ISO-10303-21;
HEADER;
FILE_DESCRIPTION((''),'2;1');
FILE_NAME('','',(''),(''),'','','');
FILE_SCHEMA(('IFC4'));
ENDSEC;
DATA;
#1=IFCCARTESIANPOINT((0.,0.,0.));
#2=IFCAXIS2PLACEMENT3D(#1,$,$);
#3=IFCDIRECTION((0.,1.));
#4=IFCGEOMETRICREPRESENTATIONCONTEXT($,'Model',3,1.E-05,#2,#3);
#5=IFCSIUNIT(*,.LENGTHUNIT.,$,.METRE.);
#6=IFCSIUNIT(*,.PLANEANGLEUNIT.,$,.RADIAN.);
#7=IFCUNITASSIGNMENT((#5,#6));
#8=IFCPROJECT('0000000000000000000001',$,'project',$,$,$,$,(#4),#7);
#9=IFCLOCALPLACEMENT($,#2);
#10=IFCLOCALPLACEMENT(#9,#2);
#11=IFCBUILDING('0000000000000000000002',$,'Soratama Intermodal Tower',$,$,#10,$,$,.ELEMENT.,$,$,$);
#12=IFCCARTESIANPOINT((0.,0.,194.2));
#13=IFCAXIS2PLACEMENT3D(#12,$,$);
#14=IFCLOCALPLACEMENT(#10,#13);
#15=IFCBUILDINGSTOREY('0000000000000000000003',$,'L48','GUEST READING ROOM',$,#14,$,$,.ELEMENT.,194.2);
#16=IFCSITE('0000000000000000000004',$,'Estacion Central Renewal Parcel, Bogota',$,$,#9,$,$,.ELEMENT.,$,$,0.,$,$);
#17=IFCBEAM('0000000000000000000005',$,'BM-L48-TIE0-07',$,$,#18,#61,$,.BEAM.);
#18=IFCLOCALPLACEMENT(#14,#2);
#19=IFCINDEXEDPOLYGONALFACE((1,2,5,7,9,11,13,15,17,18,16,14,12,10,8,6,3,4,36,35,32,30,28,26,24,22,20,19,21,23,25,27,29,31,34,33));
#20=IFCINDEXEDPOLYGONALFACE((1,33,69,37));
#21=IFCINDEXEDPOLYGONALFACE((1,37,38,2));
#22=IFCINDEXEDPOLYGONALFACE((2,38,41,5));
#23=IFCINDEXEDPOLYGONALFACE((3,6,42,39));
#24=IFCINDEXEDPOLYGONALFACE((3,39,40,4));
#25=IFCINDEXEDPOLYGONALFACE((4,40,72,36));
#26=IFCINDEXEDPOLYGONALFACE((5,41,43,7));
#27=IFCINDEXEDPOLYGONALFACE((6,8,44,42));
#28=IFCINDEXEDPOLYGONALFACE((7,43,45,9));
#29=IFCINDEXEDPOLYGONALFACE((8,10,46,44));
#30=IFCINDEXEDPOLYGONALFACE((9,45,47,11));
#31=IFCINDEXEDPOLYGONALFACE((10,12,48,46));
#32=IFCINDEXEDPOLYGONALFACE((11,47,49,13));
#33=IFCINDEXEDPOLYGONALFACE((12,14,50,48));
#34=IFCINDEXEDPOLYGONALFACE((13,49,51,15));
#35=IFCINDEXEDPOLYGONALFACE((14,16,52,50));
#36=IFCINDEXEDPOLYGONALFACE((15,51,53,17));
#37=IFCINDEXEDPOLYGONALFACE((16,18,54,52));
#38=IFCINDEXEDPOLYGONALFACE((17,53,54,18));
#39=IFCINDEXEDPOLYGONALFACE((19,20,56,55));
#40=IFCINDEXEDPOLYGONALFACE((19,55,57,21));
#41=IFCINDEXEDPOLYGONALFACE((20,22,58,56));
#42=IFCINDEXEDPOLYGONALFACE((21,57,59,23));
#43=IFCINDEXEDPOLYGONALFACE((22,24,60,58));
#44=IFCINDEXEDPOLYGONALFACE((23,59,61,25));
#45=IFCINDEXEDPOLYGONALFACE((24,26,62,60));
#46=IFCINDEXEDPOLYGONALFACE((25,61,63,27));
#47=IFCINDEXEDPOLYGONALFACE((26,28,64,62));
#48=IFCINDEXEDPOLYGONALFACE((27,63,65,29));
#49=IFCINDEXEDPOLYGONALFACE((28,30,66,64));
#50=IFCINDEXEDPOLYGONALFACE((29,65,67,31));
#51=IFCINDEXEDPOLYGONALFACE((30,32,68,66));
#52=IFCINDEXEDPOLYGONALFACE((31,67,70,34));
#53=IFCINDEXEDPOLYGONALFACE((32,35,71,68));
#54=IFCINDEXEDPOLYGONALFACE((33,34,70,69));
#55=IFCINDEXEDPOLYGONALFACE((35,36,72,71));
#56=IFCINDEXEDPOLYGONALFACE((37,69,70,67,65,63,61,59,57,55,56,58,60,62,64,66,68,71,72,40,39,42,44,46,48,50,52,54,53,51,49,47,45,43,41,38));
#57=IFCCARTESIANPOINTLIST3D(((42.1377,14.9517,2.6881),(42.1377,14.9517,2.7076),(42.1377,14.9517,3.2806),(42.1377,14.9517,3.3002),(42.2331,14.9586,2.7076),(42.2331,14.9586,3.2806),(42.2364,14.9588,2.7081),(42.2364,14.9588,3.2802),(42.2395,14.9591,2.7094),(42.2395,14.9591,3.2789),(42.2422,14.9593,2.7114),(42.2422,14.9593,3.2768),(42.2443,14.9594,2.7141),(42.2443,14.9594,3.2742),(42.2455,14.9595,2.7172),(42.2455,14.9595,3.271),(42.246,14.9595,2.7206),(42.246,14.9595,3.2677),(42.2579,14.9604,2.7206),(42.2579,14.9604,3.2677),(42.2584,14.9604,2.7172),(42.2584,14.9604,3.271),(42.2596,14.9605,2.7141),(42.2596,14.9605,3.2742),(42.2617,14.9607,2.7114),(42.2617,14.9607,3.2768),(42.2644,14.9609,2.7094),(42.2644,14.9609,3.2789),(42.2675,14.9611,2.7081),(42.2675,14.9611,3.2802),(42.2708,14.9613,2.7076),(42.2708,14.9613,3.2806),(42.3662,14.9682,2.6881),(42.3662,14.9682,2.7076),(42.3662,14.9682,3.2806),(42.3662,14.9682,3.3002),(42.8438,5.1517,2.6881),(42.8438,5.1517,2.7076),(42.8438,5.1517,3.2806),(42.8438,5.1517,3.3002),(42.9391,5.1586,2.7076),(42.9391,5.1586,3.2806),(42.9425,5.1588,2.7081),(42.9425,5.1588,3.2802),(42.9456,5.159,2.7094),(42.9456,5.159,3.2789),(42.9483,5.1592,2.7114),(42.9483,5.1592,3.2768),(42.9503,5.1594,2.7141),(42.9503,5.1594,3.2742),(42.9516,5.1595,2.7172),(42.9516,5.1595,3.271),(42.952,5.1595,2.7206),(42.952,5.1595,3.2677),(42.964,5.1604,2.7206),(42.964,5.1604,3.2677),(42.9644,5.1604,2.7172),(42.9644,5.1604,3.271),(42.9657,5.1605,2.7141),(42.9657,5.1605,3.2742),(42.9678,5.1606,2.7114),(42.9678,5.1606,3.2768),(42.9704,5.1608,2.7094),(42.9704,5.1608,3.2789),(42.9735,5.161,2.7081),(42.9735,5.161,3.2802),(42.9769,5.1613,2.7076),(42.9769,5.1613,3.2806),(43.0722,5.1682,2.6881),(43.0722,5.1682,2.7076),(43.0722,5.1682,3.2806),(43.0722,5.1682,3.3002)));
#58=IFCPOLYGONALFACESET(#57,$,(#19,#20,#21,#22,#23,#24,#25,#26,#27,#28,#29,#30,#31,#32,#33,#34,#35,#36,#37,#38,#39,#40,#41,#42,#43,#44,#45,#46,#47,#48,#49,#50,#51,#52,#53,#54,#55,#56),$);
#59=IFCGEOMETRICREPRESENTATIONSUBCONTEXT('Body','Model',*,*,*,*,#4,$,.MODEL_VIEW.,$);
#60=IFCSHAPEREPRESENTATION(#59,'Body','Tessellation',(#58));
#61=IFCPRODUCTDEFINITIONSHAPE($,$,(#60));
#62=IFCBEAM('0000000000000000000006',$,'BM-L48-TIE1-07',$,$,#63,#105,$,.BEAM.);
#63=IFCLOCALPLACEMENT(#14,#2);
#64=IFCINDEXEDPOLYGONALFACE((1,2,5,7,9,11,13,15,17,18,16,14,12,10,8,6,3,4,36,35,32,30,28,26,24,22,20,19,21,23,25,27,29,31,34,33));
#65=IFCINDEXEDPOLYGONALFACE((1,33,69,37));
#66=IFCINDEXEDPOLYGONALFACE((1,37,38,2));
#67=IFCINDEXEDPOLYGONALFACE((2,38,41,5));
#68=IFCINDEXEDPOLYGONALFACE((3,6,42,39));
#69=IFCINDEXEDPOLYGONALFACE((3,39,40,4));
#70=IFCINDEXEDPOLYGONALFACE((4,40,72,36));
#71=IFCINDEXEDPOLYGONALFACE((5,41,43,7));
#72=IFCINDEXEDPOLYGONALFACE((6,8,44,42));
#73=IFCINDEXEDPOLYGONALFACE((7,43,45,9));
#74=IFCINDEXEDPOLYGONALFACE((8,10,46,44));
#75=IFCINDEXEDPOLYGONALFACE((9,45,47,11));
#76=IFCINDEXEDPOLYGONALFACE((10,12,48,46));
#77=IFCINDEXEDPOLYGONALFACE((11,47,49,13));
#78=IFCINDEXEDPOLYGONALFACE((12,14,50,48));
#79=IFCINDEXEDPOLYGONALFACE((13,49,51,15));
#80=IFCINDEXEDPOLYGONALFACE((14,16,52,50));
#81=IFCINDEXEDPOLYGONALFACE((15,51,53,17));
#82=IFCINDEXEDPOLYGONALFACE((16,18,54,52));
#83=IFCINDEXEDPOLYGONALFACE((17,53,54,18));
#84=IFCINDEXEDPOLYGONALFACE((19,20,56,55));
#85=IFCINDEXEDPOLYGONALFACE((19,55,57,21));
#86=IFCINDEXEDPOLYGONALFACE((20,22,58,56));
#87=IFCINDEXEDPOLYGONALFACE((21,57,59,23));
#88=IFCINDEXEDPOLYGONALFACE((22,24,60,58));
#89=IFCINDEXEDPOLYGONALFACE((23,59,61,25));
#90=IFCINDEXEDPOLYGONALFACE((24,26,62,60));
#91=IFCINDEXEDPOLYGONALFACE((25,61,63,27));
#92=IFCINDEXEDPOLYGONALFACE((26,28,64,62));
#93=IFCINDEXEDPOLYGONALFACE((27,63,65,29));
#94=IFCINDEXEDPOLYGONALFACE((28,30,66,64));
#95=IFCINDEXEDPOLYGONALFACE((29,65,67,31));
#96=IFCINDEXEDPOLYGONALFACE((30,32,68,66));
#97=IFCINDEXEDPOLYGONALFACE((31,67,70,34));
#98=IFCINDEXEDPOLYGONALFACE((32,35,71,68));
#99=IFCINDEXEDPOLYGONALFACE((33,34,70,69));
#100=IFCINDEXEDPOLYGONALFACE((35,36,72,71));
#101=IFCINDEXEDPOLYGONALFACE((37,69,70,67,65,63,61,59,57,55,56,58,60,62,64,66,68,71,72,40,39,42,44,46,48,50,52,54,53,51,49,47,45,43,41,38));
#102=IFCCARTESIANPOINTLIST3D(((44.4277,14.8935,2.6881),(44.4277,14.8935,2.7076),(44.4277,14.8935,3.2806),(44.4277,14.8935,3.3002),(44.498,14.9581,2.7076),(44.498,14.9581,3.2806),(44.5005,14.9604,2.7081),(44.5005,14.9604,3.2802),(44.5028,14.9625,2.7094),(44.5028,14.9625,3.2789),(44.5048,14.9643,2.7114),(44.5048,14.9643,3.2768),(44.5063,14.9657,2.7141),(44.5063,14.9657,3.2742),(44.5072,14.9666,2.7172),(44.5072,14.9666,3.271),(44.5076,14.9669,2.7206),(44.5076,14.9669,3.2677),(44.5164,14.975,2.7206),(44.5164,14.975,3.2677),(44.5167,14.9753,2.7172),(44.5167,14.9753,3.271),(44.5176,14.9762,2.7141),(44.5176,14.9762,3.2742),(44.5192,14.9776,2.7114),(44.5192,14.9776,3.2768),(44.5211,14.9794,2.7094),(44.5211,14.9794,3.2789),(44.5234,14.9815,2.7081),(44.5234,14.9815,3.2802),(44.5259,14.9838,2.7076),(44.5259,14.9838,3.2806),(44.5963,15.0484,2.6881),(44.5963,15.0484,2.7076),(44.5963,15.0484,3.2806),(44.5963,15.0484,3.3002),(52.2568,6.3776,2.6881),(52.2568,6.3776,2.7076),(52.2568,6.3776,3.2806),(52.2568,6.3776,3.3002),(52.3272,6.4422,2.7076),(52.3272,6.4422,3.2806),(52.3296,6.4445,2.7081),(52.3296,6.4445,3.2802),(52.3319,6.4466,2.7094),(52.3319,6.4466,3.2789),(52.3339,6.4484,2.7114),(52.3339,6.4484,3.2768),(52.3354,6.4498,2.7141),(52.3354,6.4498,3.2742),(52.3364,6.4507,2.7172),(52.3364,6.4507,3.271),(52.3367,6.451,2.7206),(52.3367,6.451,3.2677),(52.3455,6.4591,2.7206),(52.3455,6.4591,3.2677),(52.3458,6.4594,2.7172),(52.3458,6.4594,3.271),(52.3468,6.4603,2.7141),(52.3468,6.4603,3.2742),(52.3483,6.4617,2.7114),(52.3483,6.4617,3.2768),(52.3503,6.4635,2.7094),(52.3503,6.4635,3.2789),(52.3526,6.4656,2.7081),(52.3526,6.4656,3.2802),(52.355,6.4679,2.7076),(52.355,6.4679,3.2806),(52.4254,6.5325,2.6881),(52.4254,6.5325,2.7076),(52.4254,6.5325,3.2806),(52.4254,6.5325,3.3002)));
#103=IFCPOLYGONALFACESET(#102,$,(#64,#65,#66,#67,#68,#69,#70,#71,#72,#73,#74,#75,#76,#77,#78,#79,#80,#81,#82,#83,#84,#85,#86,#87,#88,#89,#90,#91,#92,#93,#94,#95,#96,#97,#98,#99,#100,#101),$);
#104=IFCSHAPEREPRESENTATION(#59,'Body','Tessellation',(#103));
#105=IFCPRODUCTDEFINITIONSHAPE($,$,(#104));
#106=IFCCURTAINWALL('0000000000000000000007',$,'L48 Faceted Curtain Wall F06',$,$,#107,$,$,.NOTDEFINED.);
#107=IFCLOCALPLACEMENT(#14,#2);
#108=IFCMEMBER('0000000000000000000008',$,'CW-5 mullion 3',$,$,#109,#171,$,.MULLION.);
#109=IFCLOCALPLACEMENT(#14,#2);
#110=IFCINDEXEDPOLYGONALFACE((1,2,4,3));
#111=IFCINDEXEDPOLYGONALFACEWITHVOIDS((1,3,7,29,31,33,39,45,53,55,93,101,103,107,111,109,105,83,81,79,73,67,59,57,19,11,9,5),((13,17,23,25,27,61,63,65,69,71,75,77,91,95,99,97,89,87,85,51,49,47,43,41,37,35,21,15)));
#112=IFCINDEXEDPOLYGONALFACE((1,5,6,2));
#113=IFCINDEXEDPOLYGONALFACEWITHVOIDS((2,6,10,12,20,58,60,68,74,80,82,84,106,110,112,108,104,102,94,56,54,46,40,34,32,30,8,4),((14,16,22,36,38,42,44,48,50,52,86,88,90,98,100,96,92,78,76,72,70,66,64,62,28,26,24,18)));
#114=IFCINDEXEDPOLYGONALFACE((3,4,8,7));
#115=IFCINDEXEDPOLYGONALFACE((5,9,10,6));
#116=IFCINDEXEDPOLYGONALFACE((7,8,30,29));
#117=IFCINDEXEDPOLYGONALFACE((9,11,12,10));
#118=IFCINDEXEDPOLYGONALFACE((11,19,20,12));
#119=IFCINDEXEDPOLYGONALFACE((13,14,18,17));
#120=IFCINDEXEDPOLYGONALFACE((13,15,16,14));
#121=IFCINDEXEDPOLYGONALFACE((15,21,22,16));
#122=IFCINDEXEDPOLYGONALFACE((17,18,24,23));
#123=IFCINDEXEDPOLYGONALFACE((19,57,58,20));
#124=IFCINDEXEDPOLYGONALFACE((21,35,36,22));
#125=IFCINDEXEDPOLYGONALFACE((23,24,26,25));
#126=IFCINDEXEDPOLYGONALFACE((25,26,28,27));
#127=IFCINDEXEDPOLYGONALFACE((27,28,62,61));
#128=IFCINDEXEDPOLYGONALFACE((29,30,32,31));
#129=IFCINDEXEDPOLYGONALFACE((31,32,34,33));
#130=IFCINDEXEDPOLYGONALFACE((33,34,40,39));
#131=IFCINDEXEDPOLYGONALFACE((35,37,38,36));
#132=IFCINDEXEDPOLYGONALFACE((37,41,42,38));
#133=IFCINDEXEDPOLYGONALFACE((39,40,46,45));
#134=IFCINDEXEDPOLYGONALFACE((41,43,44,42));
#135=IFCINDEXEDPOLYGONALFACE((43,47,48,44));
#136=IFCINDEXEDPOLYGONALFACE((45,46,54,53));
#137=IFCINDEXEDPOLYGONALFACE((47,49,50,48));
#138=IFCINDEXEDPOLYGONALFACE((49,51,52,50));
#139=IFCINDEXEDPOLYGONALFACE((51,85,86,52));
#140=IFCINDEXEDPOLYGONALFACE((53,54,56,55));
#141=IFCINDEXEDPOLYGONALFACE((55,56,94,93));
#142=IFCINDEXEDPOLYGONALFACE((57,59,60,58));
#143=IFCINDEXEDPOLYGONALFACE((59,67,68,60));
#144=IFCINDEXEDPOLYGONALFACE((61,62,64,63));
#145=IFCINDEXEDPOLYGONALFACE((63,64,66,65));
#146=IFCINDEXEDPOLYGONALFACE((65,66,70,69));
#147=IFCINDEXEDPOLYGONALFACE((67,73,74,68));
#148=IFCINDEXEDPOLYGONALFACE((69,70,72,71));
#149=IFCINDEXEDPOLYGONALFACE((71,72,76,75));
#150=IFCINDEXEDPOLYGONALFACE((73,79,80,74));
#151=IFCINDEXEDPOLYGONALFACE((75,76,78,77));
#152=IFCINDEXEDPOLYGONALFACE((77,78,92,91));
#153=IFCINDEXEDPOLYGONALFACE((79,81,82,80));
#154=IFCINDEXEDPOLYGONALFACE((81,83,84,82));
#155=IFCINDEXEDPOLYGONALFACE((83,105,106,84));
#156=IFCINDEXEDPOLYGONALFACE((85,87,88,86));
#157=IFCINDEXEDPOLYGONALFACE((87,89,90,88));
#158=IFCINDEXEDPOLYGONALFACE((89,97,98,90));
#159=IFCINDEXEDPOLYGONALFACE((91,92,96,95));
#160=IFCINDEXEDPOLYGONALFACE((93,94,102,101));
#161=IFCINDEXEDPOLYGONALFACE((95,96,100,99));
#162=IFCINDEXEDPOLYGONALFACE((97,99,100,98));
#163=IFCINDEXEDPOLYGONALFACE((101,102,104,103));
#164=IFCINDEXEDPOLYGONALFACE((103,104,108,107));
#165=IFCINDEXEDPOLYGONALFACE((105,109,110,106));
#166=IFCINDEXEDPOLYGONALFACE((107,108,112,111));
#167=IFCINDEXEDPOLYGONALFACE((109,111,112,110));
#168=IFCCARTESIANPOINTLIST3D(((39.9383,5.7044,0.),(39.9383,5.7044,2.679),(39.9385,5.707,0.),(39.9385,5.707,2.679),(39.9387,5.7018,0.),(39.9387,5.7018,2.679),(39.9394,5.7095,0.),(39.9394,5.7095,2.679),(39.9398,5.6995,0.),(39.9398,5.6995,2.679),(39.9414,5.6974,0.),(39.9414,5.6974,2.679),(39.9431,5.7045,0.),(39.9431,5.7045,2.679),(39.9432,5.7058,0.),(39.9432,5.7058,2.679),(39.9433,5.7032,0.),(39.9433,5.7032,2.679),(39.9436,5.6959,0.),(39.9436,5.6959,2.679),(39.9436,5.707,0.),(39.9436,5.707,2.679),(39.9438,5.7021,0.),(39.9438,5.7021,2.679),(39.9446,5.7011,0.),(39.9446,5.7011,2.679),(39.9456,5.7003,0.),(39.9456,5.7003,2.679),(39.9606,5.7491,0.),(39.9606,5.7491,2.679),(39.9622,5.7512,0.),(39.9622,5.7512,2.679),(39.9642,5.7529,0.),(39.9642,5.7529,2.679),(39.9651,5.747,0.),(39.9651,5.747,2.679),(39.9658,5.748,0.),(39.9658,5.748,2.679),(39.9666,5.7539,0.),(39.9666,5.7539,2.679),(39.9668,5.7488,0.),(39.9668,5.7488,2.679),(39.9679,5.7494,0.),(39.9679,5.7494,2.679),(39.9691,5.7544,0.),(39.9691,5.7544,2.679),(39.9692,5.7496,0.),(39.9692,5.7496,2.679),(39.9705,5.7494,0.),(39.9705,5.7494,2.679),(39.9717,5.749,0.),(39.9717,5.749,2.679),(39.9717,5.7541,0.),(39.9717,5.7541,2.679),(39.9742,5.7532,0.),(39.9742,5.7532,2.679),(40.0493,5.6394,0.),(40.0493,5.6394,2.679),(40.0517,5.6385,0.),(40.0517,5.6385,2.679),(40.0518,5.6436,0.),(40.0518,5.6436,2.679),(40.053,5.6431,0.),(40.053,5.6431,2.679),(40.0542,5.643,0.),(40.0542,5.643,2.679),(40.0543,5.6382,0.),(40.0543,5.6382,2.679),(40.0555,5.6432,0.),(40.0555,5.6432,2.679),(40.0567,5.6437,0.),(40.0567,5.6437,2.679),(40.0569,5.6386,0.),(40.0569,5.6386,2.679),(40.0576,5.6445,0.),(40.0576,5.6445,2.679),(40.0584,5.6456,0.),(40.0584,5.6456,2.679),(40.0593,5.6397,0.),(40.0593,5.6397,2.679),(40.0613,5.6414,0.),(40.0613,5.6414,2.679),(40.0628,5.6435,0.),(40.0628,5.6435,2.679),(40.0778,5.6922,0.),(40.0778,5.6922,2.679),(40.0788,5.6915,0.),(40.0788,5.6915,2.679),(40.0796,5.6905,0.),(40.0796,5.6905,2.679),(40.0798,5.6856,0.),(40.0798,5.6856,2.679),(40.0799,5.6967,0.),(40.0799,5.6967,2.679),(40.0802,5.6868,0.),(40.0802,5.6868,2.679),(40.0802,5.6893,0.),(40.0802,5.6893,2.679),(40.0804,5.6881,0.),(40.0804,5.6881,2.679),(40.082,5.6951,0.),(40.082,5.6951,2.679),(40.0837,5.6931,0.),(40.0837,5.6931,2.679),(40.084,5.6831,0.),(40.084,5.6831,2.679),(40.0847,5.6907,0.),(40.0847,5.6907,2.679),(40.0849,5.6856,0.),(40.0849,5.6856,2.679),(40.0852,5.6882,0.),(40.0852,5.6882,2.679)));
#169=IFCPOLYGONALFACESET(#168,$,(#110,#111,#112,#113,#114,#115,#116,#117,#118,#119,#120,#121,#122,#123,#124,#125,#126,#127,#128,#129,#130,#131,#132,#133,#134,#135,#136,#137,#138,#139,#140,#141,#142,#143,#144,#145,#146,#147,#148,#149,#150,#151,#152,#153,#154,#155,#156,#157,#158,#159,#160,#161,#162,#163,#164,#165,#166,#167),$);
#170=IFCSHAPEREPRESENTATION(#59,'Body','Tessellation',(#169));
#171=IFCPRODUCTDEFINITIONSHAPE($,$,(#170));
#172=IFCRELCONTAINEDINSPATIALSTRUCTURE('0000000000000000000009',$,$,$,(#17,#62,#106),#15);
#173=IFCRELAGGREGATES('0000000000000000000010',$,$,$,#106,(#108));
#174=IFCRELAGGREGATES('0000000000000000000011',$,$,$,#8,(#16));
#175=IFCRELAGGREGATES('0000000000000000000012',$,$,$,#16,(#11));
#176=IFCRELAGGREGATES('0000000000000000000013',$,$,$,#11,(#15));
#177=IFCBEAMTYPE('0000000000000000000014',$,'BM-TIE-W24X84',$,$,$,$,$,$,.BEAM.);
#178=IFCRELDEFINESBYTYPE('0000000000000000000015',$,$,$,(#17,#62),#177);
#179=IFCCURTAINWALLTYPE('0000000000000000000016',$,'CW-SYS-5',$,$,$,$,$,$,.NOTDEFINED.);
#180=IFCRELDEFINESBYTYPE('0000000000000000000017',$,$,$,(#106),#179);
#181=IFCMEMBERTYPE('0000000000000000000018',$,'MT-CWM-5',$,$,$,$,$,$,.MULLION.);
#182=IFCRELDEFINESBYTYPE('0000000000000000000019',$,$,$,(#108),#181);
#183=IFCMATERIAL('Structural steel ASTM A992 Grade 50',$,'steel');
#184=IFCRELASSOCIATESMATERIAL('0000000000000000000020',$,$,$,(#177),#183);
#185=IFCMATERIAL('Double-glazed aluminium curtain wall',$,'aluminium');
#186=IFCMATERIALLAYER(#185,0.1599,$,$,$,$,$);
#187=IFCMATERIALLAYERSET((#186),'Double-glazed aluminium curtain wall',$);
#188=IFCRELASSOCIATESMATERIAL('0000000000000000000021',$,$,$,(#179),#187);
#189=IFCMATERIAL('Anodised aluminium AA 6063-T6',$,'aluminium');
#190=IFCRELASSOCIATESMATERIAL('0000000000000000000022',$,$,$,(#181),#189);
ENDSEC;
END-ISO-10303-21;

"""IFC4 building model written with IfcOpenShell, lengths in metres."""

from ifc_helpers import new_model, si_unit, direction, frame, origin, origin_2d, place, context, subcontext, project, spatial, hollow_rectangle, i_section, extrude, material, layer, layer_set, material_profile, profile_set, type_object, element, aggregate, save


model = new_model("IFC4")

# Units and contexts
model_context = context("Model", 3, precision=1e-05, world=origin(), true_north=direction((0.0, 1.0)))
body_context = subcontext(model_context, "Body", "Model", "MODEL_VIEW")
ifc_project = project(units=[si_unit("LENGTHUNIT", "METRE"), si_unit("PLANEANGLEUNIT", "RADIAN")], contexts=[model_context])

# Site, building, storey
site_placement = place(None, origin())
site = spatial("IfcSite", under=ifc_project, at=site_placement, Name="Estacion Central Renewal Parcel, Bogota", CompositionType="ELEMENT", RefElevation=0.0)
building_placement = place(site_placement, origin())
building = spatial("IfcBuilding", under=site, at=building_placement, Name="Soratama Intermodal Tower", CompositionType="ELEMENT")
storey_placement = place(building_placement, frame((0.0, 0.0, 194.2)))
storey = spatial("IfcBuildingStorey", under=building, at=storey_placement, Name="L48", Description="GUEST READING ROOM", CompositionType="ELEMENT", Elevation=194.2)

# Beams
ifc_material_1 = material(Name="Structural steel ASTM A992 Grade 50", Category="steel")
ifc_material_profile_1 = material_profile(ifc_material_1, i_section(OverallWidth=0.229, OverallDepth=0.6121, WebThickness=0.012, FlangeThickness=0.0195, FilletRadius=0.0129, at=origin_2d()), Name="W24X84")
ifc_profile_set_1 = profile_set([ifc_material_profile_1], Name="Structural steel ASTM A992 Grade 50")
beam_type_1 = type_object("IfcBeamType", Name="BM-TIE-W24X84", PredefinedType="BEAM", material=ifc_profile_set_1)
beam_1_placement = place(storey_placement, frame((42.252, 14.96, 2.9941), z_axis=(0.07186, -0.997415, 0.0), x_axis=(0.997415, 0.07186, 0.0)))
element("IfcBeam", 1, at=beam_1_placement, inside=storey, type_object=beam_type_1, Name="BM-L48-TIE0-07", PredefinedType="BEAM", context=body_context, shape_type="SweptSolid", body=[
    extrude(i_section(OverallWidth=0.229, OverallDepth=0.6121, WebThickness=0.012, FlangeThickness=0.0195, FilletRadius=0.0129, at=origin_2d()), origin(), (0.0, 0.0, 1.0), 9.8254),
])
beam_2_placement = place(storey_placement, frame((44.512, 14.9709, 2.9941), z_axis=(0.676799, -0.736168, 0.0), x_axis=(0.736168, 0.676799, 0.0)))
element("IfcBeam", 2, at=beam_2_placement, inside=storey, type_object=beam_type_1, Name="BM-L48-TIE1-07", PredefinedType="BEAM", context=body_context, shape_type="SweptSolid", body=[
    extrude(i_section(OverallWidth=0.229, OverallDepth=0.6121, WebThickness=0.012, FlangeThickness=0.0195, FilletRadius=0.0129, at=origin_2d()), origin(), (0.0, 0.0, 1.0), 11.5679),
])

# Curtain wall, member
ifc_material_2 = material(Name="Double-glazed aluminium curtain wall", Category="aluminium")
ifc_layer_1 = layer(ifc_material_2, 0.1599)
ifc_layer_set_1 = layer_set([ifc_layer_1], Name="Double-glazed aluminium curtain wall")
curtain_wall_type = type_object("IfcCurtainWallType", Name="CW-SYS-5", PredefinedType="NOTDEFINED", material=ifc_layer_set_1)
curtain_wall_placement = place(storey_placement, origin())
curtain_wall = element("IfcCurtainWall", 3, at=curtain_wall_placement, inside=storey, type_object=curtain_wall_type, Name="L48 Faceted Curtain Wall F06", PredefinedType="NOTDEFINED")
ifc_material_3 = material(Name="Anodised aluminium AA 6063-T6", Category="aluminium")
ifc_material_profile_2 = material_profile(ifc_material_3, hollow_rectangle(XDim=0.0649, YDim=0.1399, WallThickness=0.0049, InnerFilletRadius=0.0049, OuterFilletRadius=0.01, at=origin_2d()), Name="CWM140X65X5")
ifc_profile_set_2 = profile_set([ifc_material_profile_2], Name="Anodised aluminium AA 6063-T6")
member_type = type_object("IfcMemberType", Name="MT-CWM-5", PredefinedType="MULLION", material=ifc_profile_set_2)
member_placement = place(storey_placement, frame((40.0117, 5.6963, 0.0), z_axis=(0.0, 0.0, 1.0), x_axis=(0.471625, 0.881799, 0.0)))
member = element("IfcMember", 4, at=member_placement, type_object=member_type, Name="CW-5 mullion 3", PredefinedType="MULLION", context=body_context, shape_type="SweptSolid", body=[
    extrude(hollow_rectangle(XDim=0.0649, YDim=0.1399, WallThickness=0.0049, InnerFilletRadius=0.0049, OuterFilletRadius=0.01, at=origin_2d()), origin(), (0.0, 0.0, 1.0), 2.679),
])
aggregate(curtain_wall, [member])

save(model, "model.ifc")
